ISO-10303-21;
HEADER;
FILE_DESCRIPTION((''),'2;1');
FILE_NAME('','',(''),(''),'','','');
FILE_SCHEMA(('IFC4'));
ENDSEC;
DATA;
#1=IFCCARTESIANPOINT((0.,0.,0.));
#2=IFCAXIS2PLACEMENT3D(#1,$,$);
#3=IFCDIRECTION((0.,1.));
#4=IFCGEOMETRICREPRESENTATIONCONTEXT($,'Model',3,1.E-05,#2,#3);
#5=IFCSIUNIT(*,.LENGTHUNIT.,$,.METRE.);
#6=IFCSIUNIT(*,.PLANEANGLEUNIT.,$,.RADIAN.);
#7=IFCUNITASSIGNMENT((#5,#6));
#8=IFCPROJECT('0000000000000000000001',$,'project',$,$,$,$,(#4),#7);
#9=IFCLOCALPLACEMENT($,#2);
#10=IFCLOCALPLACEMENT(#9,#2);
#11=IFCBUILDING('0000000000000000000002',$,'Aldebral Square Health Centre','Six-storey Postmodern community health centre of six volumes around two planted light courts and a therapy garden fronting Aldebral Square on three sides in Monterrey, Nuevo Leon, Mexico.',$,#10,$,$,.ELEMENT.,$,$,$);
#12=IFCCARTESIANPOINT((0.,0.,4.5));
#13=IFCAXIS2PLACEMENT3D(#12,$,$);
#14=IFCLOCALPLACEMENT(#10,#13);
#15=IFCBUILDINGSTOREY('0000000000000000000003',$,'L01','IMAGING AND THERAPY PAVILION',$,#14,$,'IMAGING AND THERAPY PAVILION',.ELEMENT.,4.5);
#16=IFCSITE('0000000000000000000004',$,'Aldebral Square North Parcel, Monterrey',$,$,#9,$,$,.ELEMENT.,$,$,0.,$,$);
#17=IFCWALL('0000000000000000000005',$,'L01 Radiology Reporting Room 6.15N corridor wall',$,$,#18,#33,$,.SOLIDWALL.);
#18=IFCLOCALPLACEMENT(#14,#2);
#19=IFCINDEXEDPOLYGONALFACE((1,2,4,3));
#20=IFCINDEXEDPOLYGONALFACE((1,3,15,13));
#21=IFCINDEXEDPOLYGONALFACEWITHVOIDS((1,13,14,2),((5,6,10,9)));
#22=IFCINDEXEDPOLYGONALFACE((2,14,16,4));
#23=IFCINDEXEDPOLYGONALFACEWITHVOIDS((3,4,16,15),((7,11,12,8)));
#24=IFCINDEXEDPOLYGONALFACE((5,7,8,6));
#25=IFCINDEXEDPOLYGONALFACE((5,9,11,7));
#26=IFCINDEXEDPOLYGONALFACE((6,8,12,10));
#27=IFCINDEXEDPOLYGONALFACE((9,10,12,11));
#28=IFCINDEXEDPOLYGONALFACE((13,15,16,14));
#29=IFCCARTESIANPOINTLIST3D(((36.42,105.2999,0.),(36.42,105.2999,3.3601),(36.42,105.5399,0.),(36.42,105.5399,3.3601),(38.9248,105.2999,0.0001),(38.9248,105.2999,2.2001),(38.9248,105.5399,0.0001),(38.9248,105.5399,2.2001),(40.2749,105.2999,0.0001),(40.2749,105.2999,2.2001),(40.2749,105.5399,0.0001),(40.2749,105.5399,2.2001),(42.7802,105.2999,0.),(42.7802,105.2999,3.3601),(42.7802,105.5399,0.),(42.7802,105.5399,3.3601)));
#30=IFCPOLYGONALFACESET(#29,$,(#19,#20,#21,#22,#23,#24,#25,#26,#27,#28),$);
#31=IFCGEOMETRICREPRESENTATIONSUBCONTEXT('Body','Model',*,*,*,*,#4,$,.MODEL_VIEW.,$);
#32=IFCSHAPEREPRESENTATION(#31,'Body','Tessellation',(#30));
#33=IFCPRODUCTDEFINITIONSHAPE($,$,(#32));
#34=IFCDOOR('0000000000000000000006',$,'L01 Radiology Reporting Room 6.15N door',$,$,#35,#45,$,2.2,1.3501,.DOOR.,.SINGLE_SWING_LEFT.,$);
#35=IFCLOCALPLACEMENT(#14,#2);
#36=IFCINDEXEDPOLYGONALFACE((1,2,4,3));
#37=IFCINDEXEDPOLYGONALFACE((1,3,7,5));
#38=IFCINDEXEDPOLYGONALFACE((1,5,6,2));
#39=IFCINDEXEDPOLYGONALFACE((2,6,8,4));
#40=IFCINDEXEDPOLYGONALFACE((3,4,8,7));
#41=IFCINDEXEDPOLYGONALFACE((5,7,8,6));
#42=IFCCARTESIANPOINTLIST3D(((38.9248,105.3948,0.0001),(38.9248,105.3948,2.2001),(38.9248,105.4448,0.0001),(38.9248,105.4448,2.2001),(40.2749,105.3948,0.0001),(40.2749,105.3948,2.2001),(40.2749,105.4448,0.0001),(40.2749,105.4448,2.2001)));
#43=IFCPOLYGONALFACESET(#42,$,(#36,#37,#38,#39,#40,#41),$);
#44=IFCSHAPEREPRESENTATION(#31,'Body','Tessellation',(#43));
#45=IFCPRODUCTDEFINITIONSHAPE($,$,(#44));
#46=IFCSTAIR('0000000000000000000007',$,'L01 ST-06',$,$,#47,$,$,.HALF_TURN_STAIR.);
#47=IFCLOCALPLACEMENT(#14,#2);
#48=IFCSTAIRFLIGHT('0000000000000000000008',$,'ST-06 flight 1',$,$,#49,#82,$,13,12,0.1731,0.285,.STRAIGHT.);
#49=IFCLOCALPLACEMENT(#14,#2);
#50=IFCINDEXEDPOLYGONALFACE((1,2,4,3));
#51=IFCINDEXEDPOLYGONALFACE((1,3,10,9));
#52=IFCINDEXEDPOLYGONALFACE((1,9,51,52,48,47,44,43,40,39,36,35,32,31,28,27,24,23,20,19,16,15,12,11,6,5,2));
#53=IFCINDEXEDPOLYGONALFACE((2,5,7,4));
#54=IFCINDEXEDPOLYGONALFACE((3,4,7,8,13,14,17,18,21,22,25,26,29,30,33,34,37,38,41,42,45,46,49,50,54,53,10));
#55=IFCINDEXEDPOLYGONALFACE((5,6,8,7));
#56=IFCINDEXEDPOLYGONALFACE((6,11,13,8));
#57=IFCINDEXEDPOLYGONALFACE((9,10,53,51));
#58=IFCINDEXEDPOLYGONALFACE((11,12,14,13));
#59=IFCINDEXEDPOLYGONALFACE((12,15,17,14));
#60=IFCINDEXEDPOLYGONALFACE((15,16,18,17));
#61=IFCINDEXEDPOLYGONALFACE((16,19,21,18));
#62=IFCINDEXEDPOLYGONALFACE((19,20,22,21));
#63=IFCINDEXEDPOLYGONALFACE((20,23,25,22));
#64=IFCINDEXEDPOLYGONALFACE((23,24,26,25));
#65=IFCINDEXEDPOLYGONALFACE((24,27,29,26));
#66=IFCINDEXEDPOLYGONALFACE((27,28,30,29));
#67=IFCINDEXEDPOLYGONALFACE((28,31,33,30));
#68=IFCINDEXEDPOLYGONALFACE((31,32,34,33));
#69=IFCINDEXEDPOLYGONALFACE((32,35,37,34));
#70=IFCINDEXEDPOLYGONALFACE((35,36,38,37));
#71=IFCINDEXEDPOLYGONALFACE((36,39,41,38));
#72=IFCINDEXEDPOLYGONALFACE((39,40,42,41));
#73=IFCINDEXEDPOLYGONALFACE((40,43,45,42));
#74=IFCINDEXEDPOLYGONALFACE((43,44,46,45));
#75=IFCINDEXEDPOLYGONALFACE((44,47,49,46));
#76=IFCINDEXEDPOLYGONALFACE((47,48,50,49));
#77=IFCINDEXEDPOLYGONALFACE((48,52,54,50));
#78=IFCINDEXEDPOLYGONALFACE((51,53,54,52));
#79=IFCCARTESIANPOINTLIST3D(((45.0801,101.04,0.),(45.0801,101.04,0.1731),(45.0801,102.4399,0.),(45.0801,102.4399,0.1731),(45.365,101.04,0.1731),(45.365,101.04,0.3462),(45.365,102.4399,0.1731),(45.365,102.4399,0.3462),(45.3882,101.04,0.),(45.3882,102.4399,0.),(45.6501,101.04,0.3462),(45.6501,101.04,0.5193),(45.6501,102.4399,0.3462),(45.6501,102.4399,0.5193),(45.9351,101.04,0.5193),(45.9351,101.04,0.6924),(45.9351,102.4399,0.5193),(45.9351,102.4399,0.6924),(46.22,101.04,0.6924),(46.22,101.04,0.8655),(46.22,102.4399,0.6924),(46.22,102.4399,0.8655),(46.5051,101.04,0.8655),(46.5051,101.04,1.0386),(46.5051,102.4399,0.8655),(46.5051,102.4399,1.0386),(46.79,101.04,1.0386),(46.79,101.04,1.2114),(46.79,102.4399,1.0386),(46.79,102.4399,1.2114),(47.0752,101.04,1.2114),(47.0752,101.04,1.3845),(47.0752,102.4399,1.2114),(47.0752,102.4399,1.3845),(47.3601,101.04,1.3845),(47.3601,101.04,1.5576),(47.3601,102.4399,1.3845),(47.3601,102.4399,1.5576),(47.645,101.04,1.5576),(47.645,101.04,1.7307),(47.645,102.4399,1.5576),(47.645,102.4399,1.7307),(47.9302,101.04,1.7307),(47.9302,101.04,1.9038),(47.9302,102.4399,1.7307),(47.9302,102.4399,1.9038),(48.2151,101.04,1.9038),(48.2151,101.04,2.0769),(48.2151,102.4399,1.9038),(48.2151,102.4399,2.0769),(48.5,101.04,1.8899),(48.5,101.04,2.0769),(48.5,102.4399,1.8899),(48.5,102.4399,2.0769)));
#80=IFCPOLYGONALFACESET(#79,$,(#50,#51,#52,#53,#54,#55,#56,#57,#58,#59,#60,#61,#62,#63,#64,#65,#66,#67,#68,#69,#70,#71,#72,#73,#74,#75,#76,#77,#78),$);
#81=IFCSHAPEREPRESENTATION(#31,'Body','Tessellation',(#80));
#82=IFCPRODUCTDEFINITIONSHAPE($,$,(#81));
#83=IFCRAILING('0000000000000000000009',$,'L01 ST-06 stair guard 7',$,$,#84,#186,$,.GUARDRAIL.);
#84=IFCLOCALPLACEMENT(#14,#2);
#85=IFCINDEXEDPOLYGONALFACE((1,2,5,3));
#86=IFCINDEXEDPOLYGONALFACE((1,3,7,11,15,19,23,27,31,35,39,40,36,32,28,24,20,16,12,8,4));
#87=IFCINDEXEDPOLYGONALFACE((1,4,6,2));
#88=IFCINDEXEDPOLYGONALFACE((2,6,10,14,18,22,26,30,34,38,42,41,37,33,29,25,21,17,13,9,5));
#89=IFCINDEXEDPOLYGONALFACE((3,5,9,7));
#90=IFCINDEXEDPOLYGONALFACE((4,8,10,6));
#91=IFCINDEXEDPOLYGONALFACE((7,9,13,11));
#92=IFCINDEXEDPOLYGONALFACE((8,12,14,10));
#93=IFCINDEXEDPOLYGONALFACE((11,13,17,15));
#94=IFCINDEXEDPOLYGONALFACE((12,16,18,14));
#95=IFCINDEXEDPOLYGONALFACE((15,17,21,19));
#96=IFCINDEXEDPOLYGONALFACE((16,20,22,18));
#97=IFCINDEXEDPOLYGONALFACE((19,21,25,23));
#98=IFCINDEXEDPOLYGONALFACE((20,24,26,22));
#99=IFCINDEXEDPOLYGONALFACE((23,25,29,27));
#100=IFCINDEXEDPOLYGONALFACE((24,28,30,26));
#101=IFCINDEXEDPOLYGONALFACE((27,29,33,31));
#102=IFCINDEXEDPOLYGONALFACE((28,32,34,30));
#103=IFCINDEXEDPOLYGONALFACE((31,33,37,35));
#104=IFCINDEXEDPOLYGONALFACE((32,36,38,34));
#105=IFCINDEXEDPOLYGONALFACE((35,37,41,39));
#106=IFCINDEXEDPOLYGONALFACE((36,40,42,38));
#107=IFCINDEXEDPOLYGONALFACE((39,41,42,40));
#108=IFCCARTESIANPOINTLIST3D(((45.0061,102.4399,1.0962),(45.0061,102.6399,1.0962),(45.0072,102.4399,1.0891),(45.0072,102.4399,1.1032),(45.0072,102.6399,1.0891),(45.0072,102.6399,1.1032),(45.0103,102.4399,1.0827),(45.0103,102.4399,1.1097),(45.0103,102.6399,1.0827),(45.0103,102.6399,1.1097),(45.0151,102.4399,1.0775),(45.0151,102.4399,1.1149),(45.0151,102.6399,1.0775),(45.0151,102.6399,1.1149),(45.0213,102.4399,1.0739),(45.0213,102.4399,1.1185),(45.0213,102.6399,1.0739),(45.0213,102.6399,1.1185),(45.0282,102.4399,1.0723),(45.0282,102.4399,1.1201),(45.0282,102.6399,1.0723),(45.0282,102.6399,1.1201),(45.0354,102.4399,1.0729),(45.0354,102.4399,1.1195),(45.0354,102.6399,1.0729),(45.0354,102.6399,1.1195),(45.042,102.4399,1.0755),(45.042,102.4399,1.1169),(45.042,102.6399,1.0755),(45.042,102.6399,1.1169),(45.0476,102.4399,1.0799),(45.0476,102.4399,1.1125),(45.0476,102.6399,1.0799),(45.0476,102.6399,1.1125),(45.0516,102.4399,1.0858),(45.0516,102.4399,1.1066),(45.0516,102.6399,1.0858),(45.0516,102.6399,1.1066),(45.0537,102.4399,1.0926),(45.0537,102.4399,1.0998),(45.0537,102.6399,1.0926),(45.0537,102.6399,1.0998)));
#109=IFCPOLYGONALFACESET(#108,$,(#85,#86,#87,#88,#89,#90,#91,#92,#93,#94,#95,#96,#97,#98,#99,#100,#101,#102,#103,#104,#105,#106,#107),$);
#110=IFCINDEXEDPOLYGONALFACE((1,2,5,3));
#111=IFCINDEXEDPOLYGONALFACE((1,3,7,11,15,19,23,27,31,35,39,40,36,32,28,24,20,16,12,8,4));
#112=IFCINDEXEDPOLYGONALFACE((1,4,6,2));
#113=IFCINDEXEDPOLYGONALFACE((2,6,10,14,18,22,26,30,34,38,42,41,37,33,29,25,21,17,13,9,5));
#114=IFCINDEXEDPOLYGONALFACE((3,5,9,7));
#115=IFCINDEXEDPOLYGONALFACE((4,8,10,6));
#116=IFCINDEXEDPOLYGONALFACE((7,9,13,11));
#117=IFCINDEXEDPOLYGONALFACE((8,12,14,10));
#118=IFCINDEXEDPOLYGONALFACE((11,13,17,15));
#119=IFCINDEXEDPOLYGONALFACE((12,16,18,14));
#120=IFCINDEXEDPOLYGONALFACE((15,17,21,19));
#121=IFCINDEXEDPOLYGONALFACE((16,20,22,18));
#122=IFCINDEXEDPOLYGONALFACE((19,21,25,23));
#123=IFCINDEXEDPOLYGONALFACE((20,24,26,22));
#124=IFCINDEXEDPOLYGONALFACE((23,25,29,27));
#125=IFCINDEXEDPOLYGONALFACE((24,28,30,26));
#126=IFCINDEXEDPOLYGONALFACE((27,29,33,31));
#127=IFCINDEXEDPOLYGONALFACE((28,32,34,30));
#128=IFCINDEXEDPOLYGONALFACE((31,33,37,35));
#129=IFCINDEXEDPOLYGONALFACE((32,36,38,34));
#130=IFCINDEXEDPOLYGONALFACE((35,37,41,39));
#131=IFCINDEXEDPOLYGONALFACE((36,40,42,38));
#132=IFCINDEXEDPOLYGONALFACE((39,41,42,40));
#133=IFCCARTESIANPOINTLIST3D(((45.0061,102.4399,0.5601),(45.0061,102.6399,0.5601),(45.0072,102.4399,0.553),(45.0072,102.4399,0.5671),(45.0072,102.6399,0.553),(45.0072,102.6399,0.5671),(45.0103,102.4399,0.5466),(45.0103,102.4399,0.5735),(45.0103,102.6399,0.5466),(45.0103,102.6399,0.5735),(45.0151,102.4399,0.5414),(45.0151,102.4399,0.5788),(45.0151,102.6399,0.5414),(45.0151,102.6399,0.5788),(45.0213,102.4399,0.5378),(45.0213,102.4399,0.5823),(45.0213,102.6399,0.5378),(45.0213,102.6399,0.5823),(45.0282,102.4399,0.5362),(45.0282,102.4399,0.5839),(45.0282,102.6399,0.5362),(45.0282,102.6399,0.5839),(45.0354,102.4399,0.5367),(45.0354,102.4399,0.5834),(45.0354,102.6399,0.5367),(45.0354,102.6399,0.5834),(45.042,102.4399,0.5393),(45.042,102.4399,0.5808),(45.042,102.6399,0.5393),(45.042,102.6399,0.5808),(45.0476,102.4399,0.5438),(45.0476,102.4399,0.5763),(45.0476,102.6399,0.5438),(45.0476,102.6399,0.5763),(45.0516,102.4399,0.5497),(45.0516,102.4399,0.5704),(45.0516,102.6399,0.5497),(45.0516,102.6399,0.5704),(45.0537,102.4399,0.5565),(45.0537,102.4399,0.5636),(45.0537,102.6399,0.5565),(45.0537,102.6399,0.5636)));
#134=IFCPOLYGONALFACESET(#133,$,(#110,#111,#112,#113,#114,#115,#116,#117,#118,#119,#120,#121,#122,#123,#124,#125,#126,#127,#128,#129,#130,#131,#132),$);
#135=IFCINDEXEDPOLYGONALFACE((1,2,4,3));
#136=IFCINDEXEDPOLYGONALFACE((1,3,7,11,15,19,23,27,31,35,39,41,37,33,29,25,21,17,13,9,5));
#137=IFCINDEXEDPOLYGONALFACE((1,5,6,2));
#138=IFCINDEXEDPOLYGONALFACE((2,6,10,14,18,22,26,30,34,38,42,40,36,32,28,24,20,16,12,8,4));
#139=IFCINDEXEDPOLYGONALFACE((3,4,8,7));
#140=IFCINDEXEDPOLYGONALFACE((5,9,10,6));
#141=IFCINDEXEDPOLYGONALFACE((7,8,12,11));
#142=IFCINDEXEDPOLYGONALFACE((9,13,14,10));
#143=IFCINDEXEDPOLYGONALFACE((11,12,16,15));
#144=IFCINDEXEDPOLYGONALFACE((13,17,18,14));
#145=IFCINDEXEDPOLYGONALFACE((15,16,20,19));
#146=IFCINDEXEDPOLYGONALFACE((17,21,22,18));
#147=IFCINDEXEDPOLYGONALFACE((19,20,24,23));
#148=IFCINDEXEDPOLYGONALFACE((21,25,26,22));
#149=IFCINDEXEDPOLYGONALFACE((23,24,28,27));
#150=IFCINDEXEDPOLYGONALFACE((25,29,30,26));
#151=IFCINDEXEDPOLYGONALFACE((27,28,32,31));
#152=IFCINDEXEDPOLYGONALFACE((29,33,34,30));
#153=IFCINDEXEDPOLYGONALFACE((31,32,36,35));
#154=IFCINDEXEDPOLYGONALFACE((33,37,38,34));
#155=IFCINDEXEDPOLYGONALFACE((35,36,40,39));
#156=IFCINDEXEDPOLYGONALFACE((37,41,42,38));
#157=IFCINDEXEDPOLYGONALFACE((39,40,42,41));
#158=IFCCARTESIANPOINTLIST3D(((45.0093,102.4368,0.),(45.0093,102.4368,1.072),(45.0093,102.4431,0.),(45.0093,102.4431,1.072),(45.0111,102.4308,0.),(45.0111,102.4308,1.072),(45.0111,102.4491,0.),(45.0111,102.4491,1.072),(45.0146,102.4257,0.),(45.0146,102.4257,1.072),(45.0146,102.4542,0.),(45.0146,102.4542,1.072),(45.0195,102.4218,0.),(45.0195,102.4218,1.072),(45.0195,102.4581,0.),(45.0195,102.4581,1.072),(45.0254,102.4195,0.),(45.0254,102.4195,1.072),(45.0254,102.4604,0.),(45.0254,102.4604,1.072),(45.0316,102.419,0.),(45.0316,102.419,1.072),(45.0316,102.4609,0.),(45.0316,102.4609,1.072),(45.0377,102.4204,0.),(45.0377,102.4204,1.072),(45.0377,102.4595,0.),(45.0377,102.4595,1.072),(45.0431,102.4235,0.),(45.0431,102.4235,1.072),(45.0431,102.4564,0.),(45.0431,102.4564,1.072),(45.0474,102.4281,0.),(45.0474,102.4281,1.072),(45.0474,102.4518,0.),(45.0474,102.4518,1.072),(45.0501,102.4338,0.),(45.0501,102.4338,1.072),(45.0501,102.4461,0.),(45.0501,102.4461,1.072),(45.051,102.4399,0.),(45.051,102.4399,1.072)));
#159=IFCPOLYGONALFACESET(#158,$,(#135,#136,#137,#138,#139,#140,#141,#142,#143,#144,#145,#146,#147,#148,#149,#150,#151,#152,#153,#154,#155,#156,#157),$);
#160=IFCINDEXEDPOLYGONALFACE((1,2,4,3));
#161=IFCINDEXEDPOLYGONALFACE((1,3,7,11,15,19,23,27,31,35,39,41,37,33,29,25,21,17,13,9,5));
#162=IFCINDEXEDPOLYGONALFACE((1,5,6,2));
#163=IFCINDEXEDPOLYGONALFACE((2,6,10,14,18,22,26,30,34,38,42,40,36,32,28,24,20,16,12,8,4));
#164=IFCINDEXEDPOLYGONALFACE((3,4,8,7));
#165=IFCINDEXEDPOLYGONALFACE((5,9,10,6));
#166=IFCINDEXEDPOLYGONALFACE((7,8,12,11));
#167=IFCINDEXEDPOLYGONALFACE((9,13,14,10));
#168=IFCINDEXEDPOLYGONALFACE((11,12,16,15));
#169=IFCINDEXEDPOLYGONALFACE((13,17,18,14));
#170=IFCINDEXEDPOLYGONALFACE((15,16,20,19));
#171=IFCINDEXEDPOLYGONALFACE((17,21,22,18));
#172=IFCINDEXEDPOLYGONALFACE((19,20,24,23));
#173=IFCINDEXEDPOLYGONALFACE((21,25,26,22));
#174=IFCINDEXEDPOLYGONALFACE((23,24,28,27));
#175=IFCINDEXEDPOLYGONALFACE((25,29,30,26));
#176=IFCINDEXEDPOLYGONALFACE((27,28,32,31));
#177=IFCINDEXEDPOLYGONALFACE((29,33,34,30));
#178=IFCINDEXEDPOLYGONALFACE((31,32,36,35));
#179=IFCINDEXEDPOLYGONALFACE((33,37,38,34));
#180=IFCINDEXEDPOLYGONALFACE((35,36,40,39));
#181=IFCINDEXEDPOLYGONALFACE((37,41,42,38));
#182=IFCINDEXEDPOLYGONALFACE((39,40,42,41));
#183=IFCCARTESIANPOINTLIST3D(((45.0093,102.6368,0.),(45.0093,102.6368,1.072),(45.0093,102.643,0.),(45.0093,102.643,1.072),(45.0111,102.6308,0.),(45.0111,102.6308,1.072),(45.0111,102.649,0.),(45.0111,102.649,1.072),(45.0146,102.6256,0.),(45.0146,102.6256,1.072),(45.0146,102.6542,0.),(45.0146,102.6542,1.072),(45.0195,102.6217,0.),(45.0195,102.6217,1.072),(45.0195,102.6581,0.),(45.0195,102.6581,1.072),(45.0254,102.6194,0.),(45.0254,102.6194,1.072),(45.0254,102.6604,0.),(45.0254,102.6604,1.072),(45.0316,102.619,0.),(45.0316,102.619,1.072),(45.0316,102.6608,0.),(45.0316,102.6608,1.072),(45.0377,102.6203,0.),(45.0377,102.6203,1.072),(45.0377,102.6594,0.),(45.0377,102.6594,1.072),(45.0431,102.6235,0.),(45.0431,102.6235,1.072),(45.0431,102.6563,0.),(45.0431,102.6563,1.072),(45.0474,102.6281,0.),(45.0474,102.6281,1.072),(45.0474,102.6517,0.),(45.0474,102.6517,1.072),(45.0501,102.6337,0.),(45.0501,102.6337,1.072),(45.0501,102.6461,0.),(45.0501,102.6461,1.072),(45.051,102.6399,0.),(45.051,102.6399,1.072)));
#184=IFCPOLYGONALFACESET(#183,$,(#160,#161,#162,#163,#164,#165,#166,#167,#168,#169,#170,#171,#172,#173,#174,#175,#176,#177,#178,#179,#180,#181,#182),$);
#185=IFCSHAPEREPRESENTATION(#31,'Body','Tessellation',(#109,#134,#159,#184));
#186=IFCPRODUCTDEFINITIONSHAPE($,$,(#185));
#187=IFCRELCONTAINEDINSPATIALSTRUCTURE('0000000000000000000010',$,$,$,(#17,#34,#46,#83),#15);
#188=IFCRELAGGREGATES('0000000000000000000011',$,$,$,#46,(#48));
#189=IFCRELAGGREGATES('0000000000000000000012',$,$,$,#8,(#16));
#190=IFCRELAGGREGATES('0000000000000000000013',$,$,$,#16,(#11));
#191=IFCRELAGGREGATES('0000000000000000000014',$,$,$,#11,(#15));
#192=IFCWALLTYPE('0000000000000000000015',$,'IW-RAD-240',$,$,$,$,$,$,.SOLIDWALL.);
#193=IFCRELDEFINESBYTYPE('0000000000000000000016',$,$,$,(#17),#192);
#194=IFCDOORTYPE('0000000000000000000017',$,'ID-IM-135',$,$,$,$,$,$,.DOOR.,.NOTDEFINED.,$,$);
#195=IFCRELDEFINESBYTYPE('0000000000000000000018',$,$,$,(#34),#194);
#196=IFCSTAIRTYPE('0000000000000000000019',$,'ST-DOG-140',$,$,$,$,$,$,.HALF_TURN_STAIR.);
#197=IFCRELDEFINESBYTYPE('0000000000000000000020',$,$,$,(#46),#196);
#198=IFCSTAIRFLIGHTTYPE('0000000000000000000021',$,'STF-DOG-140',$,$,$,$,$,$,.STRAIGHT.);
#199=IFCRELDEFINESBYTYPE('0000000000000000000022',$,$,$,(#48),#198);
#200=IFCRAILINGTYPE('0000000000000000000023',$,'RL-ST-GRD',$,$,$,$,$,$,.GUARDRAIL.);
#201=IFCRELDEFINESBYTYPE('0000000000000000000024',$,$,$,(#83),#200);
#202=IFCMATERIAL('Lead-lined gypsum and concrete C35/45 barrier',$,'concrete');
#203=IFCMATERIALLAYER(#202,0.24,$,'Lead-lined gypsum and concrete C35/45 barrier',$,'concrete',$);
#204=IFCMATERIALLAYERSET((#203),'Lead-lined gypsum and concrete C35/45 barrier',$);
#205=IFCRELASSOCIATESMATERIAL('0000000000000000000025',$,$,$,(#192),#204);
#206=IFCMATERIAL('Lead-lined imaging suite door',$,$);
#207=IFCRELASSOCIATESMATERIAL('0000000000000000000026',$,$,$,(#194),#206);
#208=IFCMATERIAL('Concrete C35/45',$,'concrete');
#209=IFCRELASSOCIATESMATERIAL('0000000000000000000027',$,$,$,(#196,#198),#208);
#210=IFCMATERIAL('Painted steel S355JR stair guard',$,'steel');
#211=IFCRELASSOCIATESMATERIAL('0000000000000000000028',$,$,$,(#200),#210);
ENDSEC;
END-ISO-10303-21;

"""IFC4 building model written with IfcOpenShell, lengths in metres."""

from ifc_helpers import new_model, si_unit, direction, frame, frame_2d, origin, origin_2d, place, context, subcontext, project, spatial, polyline, rectangle, circle, outline, extrude, material, layer, layer_set, type_object, element, fill, aggregate, save


model = new_model("IFC4")

# Units and contexts
model_context = context("Model", 3, precision=1e-05, world=origin(), true_north=direction((0.0, 1.0)))
body_context = subcontext(model_context, "Body", "Model", "MODEL_VIEW")
ifc_project = project(units=[si_unit("LENGTHUNIT", "METRE"), si_unit("PLANEANGLEUNIT", "RADIAN")], contexts=[model_context])

# Site, building, storey
site_placement = place(None, origin())
site = spatial("IfcSite", under=ifc_project, at=site_placement, Name="Aldebral Square North Parcel, Monterrey", CompositionType="ELEMENT", RefElevation=0.0)
building_placement = place(site_placement, origin())
building = spatial("IfcBuilding", under=site, at=building_placement, Name="Aldebral Square Health Centre", Description="Six-storey Postmodern community health centre of six volumes around two planted light courts and a therapy garden fronting Aldebral Square on three sides in Monterrey, Nuevo Leon, Mexico.", CompositionType="ELEMENT")
storey_placement = place(building_placement, frame((0.0, 0.0, 4.5)))
storey = spatial("IfcBuildingStorey", under=building, at=storey_placement, Name="L01", Description="IMAGING AND THERAPY PAVILION", LongName="IMAGING AND THERAPY PAVILION", CompositionType="ELEMENT", Elevation=4.5)

# Wall, opening, door
ifc_material_1 = material(Name="Lead-lined gypsum and concrete C35/45 barrier", Category="concrete")
ifc_layer_1 = layer(ifc_material_1, 0.24, Name="Lead-lined gypsum and concrete C35/45 barrier", Category="concrete")
ifc_layer_set_1 = layer_set([ifc_layer_1], Name="Lead-lined gypsum and concrete C35/45 barrier")
wall_type_1 = type_object("IfcWallType", Name="IW-RAD-240", PredefinedType="SOLIDWALL", material=ifc_layer_set_1)
wall_1_placement = place(storey_placement, frame((36.4199, 105.4199, 0.0), z_axis=(0.0, 0.0, 1.0), x_axis=(1.0, 0.0, 0.0)))
wall_1 = element("IfcWall", 1, at=wall_1_placement, inside=storey, type_object=wall_type_1, Name="L01 Radiology Reporting Room 6.15N corridor wall", PredefinedType="SOLIDWALL", context=body_context, shape_type="SweptSolid", body=[
    extrude(rectangle(XDim=6.3601, YDim=0.24, at=frame_2d((3.1802, 0.0))), origin(), (0.0, 0.0, 1.0), 3.3601),
])
opening_1_placement = place(wall_1_placement, frame((2.5049, 0.0, 0.0)))
opening_1 = element("IfcOpeningElement", 2, at=opening_1_placement, cuts=wall_1, PredefinedType="OPENING", context=body_context, shape_type="SweptSolid", body=[
    extrude(rectangle(XDim=1.3501, YDim=2.2, at=frame_2d((0.675, 1.1001))), frame((0.0, 0.1299, 0.0), z_axis=(0.0, -1.0, 0.0), x_axis=(1.0, 0.0, 0.0)), (0.0, 0.0, 1.0), 0.26),
])
ifc_material_2 = material(Name="Lead-lined imaging suite door")
door_type_1 = type_object("IfcDoorType", Name="ID-IM-135", OperationType="NOTDEFINED", PredefinedType="DOOR", material=ifc_material_2)
door_1_placement = place(opening_1_placement, origin())
door_1 = element("IfcDoor", 3, at=door_1_placement, inside=storey, type_object=door_type_1, Name="L01 Radiology Reporting Room 6.15N door", OperationType="SINGLE_SWING_LEFT", OverallHeight=2.2, OverallWidth=1.3501, PredefinedType="DOOR", context=body_context, shape_type="SweptSolid", body=[
    extrude(rectangle(XDim=1.3501, YDim=2.2, at=frame_2d((0.675, 1.1001))), frame((0.0, 0.0249, 0.0), z_axis=(0.0, -1.0, 0.0), x_axis=(1.0, 0.0, 0.0)), (0.0, 0.0, 1.0), 0.05),
])
fill(opening_1, door_1)

# Stair, stair flight
ifc_material_3 = material(Name="Concrete C35/45", Category="concrete")
stair_type = type_object("IfcStairType", Name="ST-DOG-140", PredefinedType="HALF_TURN_STAIR", material=ifc_material_3)
stair_placement = place(storey_placement, origin())
stair = element("IfcStair", 4, at=stair_placement, inside=storey, type_object=stair_type, Name="L01 ST-06", PredefinedType="HALF_TURN_STAIR")
stair_flight_type = type_object("IfcStairFlightType", Name="STF-DOG-140", PredefinedType="STRAIGHT", material=ifc_material_3)
stair_flight_placement = place(storey_placement, frame((45.0801, 101.74, 0.0), z_axis=(0.0, 0.0, 1.0), x_axis=(1.0, 0.0, 0.0)))
stair_flight = element("IfcStairFlight", 5, at=stair_flight_placement, type_object=stair_flight_type, Name="ST-06 flight 1", NumberOfRisers=13, NumberOfTreads=12, PredefinedType="STRAIGHT", RiserHeight=0.1731, TreadLength=0.285, context=body_context, shape_type="SweptSolid", body=[
    extrude(outline(polyline([(0.0, 0.0), (0.0, 0.1731), (0.2849, 0.1731), (0.2849, 0.3462), (0.5701, 0.3462), (0.5701, 0.5193), (0.855, 0.5193), (0.855, 0.6924), (1.1399, 0.6924), (1.1399, 0.8655), (1.425, 0.8655), (1.425, 1.0386), (1.71, 1.0386), (1.71, 1.2114), (1.9951, 1.2114), (1.9951, 1.3845), (2.28, 1.3845), (2.28, 1.5576), (2.5649, 1.5576), (2.5649, 1.7307), (2.8501, 1.7307), (2.8501, 1.9038), (3.135, 1.9038), (3.135, 2.0769), (3.4199, 2.0769), (3.4199, 2.25), (3.4199, 1.8899), (0.3081, 0.0), (0.0, 0.0)])), frame((0.0, 0.7, 0.0), z_axis=(0.0, -1.0, 0.0), x_axis=(1.0, 0.0, 0.0)), (0.0, 0.0, 1.0), 1.3999),
])
aggregate(stair, [stair_flight])

# Railing
ifc_material_4 = material(Name="Painted steel S355JR stair guard", Category="steel")
railing_type_1 = type_object("IfcRailingType", Name="RL-ST-GRD", PredefinedType="GUARDRAIL", material=ifc_material_4)
railing_1_placement = place(storey_placement, frame((45.03, 102.4399, 0.0)))
element("IfcRailing", 6, at=railing_1_placement, inside=storey, type_object=railing_type_1, Name="L01 ST-06 stair guard 7", PredefinedType="GUARDRAIL", context=body_context, shape_type="SweptSolid", body=[
    extrude(circle(Radius=0.0239, at=origin_2d()), frame((0.0, 0.0, 1.0962), z_axis=(0.0, 1.0, 0.0), x_axis=(-1.0, 0.0, 0.0)), (0.0, 0.0, 1.0), 0.2),
    extrude(circle(Radius=0.0239, at=origin_2d()), frame((0.0, 0.0, 0.5601), z_axis=(0.0, 1.0, 0.0), x_axis=(-1.0, 0.0, 0.0)), (0.0, 0.0, 1.0), 0.2),
    extrude(circle(Radius=0.021, at=origin_2d()), origin(), (0.0, 0.0, 1.0), 1.072),
    extrude(circle(Radius=0.021, at=origin_2d()), frame((0.0, 0.2, 0.0)), (0.0, 0.0, 1.0), 1.072),
])

save(model, "model.ifc")
